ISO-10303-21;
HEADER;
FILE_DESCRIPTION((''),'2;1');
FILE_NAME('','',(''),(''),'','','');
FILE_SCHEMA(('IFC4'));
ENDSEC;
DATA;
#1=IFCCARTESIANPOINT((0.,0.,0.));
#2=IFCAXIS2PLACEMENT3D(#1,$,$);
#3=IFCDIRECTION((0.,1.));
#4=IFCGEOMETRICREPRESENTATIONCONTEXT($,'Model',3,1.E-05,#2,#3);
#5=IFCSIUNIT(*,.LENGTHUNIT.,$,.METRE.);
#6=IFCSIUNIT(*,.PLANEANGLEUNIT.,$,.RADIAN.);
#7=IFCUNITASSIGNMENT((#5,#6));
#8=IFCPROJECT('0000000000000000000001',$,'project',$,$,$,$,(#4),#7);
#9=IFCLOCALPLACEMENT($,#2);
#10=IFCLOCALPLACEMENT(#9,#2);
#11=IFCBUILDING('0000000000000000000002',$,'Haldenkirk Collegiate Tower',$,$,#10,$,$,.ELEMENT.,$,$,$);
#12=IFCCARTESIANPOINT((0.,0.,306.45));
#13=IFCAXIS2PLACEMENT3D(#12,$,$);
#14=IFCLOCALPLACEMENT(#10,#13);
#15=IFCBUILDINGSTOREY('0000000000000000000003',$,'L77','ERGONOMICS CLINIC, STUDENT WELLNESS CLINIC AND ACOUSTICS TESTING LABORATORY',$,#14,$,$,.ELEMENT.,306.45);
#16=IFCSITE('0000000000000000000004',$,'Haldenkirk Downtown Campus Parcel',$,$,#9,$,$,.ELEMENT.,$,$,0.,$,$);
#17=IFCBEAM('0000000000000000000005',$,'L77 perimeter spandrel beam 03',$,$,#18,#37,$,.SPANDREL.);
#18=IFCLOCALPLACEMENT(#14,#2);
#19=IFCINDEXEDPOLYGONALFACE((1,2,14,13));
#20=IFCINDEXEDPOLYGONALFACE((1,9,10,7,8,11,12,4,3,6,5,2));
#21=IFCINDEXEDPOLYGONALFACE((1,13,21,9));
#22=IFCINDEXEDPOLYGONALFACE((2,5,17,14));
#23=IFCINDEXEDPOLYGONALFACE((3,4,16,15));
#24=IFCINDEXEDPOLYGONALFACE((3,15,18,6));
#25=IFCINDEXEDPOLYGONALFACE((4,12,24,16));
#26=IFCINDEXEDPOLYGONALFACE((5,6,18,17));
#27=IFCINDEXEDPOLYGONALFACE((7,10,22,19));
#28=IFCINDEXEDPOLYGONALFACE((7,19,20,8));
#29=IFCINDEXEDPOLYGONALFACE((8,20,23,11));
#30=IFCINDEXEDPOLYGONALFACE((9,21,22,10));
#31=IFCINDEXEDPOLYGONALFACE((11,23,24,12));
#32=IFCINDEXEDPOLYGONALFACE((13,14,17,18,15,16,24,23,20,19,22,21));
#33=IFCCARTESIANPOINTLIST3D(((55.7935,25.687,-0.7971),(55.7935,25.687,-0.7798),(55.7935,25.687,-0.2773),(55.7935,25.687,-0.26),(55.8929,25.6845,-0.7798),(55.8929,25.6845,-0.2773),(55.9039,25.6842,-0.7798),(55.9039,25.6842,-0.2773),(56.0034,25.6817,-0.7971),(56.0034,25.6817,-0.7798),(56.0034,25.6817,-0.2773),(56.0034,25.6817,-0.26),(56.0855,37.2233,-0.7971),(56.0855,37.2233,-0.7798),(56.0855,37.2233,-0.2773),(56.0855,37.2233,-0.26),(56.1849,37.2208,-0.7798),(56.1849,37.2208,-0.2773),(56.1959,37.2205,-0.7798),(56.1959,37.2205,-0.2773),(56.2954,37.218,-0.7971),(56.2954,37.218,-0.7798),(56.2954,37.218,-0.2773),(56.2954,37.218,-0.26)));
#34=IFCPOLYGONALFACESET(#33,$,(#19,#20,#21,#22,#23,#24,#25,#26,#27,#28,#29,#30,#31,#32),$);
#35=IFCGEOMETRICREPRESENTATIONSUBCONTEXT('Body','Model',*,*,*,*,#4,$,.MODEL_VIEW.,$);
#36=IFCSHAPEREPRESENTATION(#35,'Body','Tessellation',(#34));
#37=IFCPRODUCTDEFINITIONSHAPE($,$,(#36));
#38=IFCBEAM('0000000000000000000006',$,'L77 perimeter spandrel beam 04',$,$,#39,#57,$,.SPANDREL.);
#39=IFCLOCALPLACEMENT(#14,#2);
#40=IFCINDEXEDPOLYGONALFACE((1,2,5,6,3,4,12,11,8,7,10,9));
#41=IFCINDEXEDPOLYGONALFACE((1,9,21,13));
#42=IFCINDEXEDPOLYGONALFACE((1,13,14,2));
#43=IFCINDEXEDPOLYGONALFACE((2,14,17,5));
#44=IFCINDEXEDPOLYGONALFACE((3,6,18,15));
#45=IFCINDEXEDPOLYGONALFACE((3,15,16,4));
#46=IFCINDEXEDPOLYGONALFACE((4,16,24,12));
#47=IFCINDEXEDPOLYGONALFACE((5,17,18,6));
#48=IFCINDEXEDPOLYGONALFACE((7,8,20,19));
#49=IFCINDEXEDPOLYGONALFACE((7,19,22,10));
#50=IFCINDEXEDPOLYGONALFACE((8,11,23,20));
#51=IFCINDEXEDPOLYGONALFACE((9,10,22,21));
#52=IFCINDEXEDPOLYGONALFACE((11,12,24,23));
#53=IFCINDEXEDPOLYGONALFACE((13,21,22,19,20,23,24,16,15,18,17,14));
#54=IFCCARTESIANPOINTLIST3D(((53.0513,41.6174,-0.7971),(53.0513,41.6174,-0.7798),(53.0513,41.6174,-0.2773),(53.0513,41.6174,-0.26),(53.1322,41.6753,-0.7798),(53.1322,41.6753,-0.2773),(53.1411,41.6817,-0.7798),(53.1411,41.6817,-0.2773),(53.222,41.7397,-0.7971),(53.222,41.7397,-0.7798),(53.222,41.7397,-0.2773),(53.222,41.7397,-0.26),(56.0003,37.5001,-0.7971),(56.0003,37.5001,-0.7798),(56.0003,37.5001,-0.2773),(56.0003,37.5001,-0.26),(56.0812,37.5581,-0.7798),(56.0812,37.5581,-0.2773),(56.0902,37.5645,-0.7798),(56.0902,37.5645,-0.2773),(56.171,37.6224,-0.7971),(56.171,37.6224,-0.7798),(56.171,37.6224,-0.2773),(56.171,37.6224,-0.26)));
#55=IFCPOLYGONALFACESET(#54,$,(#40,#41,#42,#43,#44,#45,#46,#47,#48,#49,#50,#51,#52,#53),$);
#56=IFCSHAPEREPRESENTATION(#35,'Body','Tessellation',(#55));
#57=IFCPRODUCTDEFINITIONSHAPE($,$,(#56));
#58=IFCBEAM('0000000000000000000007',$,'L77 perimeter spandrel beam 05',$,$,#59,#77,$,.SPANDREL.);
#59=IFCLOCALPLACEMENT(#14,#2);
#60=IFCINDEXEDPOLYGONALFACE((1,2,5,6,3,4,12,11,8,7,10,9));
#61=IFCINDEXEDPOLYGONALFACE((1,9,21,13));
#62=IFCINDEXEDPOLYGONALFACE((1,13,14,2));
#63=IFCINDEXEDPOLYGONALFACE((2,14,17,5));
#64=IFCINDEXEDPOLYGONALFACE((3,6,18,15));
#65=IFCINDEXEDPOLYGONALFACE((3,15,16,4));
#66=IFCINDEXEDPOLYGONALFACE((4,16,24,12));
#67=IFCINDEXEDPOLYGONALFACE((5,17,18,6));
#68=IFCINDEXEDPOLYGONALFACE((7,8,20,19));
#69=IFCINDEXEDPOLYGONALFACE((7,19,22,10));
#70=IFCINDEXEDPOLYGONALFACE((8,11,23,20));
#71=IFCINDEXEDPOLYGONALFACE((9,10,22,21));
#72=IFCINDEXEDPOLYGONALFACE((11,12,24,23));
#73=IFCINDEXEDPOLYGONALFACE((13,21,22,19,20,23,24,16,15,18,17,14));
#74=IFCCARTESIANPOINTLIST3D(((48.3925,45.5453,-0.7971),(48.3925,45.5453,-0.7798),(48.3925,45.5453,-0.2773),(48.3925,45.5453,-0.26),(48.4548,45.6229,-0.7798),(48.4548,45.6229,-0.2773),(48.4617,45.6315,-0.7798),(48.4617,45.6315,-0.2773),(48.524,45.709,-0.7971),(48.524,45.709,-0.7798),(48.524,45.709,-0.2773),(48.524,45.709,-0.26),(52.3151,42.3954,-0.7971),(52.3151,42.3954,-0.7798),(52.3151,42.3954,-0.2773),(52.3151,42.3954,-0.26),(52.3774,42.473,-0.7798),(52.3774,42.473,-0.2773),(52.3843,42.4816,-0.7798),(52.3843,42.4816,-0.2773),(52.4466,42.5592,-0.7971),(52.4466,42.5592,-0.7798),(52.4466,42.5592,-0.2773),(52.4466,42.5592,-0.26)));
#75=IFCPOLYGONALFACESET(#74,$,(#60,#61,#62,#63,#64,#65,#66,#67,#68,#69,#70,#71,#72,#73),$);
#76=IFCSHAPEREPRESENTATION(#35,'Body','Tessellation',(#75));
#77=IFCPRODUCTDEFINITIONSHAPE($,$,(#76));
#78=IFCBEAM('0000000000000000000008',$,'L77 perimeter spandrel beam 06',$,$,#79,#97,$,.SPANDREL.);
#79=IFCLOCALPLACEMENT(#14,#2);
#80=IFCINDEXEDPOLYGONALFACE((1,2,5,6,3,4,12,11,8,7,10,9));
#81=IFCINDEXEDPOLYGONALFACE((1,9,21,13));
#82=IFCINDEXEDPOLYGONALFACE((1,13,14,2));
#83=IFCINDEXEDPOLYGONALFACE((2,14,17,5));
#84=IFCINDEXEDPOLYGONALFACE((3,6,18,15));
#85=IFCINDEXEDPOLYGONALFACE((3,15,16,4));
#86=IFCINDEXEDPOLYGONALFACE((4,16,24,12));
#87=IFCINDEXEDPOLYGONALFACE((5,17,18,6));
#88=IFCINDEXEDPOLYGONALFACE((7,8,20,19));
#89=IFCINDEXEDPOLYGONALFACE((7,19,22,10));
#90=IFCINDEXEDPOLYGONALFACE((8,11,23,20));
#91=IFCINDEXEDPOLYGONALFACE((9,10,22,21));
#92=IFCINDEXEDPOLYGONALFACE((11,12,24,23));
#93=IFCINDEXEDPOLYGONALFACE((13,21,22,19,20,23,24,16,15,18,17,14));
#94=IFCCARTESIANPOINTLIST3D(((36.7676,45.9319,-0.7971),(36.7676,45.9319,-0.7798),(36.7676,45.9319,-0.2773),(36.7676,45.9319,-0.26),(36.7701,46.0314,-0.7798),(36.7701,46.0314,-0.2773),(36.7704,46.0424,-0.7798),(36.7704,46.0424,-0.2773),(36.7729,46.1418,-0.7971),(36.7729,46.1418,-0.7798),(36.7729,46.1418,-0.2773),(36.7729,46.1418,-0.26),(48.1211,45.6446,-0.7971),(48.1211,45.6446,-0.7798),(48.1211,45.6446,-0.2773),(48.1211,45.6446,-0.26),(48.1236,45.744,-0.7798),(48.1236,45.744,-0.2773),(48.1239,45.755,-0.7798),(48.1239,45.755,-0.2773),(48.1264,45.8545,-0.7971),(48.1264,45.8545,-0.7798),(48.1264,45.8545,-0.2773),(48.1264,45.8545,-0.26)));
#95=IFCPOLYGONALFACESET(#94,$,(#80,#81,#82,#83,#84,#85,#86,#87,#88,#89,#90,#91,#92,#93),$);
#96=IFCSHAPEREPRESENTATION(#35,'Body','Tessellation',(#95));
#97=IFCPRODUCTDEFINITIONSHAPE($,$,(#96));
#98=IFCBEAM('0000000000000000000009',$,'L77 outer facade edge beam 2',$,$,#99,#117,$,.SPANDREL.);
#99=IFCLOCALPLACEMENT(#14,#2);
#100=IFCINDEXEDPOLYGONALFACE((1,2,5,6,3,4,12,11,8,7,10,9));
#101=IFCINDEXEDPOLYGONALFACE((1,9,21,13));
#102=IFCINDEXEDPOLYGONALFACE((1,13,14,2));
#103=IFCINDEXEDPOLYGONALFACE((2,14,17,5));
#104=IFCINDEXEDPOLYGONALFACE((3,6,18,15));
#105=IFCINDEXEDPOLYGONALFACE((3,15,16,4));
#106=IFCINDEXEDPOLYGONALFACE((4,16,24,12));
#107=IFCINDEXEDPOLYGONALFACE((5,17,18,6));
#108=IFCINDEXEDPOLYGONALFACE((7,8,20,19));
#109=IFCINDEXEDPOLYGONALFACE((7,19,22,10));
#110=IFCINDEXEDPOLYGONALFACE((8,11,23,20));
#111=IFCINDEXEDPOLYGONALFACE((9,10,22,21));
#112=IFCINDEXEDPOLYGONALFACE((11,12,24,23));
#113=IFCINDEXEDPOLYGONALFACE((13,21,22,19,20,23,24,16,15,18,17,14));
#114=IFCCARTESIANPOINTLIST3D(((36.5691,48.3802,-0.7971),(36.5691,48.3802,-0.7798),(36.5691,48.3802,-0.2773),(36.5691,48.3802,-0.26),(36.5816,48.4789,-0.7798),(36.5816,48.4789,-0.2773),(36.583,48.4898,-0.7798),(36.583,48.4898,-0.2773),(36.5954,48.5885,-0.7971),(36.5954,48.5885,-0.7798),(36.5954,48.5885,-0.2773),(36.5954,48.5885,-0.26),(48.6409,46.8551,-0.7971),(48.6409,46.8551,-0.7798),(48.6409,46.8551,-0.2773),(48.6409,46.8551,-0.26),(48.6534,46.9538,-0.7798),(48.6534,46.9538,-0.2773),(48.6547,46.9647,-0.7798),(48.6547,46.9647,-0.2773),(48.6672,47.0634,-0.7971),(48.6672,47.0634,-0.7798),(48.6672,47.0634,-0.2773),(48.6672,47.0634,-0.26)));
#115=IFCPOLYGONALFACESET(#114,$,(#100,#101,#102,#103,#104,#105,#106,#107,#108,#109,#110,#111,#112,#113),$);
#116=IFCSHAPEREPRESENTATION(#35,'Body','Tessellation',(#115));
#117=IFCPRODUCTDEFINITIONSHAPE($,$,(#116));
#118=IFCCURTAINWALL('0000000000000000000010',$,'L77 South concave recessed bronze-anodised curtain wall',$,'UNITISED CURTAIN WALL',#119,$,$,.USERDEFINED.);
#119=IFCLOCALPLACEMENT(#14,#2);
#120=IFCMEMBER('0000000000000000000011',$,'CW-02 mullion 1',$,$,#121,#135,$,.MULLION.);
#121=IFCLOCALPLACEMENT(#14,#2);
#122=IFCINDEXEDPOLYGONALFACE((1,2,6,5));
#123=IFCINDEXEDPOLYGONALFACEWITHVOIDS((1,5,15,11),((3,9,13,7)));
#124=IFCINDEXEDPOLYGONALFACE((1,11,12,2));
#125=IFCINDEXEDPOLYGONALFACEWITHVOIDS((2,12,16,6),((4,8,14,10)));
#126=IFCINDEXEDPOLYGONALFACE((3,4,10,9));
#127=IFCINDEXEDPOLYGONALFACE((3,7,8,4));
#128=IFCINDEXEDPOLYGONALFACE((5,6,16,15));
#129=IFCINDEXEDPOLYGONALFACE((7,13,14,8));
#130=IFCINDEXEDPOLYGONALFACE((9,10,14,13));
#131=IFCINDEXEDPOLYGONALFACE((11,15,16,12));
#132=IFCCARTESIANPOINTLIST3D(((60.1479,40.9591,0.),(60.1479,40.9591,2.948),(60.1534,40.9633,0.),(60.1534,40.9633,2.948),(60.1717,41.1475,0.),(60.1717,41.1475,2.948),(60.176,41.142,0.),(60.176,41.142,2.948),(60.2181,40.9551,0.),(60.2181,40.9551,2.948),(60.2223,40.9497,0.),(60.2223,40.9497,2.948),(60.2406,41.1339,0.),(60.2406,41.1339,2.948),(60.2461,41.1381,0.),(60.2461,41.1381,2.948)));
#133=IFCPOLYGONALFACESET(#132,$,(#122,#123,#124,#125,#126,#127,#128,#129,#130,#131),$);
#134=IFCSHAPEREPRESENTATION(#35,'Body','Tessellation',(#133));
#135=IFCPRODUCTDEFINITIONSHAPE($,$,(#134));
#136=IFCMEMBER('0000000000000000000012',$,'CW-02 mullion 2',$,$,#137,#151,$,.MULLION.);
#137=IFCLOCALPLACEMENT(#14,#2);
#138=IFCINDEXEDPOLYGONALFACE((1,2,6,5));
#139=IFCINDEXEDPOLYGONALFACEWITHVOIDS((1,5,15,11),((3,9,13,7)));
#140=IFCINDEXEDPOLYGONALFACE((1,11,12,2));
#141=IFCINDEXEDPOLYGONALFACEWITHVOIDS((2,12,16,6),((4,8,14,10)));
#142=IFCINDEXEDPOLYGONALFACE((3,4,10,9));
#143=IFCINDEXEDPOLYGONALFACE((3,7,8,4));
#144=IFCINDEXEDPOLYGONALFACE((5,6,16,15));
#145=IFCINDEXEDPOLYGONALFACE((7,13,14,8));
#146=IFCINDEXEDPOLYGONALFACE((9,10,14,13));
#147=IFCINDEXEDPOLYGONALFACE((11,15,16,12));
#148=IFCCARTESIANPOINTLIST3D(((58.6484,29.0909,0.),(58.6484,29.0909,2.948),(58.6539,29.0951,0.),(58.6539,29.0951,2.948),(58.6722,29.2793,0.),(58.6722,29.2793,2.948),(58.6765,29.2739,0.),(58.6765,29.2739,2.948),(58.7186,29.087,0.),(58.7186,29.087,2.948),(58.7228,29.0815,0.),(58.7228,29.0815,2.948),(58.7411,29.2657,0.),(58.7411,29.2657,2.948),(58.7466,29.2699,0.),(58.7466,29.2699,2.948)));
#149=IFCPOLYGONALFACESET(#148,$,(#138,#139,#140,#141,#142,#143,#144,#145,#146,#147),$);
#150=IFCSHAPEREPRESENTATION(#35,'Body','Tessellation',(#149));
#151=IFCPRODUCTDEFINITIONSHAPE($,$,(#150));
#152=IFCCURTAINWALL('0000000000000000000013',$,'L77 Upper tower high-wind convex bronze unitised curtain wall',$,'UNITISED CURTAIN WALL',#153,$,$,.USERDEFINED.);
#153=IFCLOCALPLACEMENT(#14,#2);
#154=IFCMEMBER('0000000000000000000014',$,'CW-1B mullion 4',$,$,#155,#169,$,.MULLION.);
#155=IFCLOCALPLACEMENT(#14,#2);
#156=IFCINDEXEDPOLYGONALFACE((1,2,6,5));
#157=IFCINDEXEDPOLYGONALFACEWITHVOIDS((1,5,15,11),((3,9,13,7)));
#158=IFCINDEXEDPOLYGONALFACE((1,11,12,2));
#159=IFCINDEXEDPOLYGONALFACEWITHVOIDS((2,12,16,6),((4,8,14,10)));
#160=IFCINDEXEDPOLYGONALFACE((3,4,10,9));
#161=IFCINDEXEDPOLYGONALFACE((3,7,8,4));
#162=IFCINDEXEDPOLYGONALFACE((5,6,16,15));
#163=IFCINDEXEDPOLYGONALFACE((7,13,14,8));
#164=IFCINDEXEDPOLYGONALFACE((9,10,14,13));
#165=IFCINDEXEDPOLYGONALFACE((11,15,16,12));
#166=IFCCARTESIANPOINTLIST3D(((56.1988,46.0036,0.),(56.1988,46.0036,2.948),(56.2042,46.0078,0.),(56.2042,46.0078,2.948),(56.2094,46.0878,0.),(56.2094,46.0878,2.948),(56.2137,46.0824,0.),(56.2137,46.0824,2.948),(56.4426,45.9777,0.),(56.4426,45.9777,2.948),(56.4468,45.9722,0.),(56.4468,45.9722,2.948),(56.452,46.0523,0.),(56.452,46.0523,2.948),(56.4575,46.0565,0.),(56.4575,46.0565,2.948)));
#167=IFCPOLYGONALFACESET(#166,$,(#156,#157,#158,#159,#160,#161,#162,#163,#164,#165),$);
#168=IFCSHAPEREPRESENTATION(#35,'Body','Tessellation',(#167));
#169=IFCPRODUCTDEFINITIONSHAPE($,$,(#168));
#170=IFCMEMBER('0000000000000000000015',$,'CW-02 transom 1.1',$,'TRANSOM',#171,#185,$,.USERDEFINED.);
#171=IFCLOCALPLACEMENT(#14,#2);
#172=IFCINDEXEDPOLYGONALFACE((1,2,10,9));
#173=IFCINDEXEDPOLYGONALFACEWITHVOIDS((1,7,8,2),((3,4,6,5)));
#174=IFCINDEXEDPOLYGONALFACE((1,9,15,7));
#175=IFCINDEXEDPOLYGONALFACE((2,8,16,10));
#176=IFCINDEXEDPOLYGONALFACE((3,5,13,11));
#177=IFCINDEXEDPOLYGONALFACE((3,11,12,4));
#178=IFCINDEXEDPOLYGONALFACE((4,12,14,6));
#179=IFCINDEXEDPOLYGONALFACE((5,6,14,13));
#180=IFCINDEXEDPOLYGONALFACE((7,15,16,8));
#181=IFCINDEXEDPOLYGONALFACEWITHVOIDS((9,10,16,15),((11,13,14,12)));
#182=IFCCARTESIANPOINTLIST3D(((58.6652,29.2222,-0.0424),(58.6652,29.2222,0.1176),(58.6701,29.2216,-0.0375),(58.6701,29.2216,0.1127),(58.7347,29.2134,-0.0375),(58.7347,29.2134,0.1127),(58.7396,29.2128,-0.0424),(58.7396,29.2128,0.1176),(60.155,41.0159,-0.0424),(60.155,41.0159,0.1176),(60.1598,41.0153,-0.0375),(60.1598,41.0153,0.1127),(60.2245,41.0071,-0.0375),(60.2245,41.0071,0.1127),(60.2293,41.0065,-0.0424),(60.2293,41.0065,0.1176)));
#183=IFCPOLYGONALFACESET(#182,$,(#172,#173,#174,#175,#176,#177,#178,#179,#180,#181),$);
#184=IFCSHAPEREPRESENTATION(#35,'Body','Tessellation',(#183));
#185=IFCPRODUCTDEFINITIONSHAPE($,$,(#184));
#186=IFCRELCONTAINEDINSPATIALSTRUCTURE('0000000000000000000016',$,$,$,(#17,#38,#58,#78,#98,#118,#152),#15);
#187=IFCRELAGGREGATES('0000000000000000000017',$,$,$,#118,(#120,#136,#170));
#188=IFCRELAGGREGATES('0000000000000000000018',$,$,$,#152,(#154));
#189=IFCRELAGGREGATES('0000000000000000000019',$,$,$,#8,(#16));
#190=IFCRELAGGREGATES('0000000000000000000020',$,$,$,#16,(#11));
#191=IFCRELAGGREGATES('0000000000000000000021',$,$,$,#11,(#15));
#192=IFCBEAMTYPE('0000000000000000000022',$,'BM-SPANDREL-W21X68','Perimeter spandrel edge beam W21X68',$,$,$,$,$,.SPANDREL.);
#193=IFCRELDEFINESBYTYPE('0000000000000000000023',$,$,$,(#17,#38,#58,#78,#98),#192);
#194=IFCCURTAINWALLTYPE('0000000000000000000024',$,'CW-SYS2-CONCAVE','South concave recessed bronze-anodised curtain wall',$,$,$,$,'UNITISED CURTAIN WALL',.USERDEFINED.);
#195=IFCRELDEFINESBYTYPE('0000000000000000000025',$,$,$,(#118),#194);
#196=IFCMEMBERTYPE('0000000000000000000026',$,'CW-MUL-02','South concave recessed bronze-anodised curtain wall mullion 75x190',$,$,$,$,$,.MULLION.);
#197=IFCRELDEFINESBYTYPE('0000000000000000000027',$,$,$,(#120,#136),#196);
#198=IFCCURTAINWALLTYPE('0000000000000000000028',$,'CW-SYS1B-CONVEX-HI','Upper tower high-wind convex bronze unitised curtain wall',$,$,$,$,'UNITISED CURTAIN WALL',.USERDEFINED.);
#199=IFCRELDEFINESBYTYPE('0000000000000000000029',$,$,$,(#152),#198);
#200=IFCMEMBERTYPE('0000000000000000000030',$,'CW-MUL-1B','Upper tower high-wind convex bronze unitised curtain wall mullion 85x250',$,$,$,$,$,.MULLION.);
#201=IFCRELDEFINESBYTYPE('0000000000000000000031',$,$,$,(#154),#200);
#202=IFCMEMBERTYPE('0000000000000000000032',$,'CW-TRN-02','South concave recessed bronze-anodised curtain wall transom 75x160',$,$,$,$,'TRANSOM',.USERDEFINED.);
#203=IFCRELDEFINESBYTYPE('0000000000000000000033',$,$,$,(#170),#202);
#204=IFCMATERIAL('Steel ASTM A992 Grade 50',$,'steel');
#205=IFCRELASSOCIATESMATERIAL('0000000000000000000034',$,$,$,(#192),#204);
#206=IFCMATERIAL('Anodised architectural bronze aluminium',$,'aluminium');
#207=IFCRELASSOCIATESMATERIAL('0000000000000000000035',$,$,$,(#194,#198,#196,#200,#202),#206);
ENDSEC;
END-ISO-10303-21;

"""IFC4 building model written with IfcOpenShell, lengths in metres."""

from ifc_helpers import new_model, si_unit, direction, frame, origin, origin_2d, place, context, subcontext, project, spatial, hollow_rectangle, i_section, extrude, material, material_profile, profile_set, type_object, element, aggregate, save


model = new_model("IFC4")

# Units and contexts
model_context = context("Model", 3, precision=1e-05, world=origin(), true_north=direction((0.0, 1.0)))
body_context = subcontext(model_context, "Body", "Model", "MODEL_VIEW")
ifc_project = project(units=[si_unit("LENGTHUNIT", "METRE"), si_unit("PLANEANGLEUNIT", "RADIAN")], contexts=[model_context])

# Site, building, storey
site_placement = place(None, origin())
site = spatial("IfcSite", under=ifc_project, at=site_placement, Name="Haldenkirk Downtown Campus Parcel", CompositionType="ELEMENT", RefElevation=0.0)
building_placement = place(site_placement, origin())
building = spatial("IfcBuilding", under=site, at=building_placement, Name="Haldenkirk Collegiate Tower", CompositionType="ELEMENT")
storey_placement = place(building_placement, frame((0.0, 0.0, 306.45)))
storey = spatial("IfcBuildingStorey", under=building, at=storey_placement, Name="L77", Description="ERGONOMICS CLINIC, STUDENT WELLNESS CLINIC AND ACOUSTICS TESTING LABORATORY", CompositionType="ELEMENT", Elevation=306.45)

# Beams
ifc_material_1 = material(Name="Steel ASTM A992 Grade 50", Category="steel")
ifc_material_profile_1 = material_profile(ifc_material_1, i_section(OverallWidth=0.21, OverallDepth=0.5371, WebThickness=0.011, FlangeThickness=0.0173, at=origin_2d()), Name="W21X68")
ifc_profile_set_1 = profile_set([ifc_material_profile_1], Name="Steel ASTM A992 Grade 50")
beam_type_1 = type_object("IfcBeamType", Name="BM-SPANDREL-W21X68", Description="Perimeter spandrel edge beam W21X68", PredefinedType="SPANDREL", material=ifc_profile_set_1)
beam_1_placement = place(storey_placement, frame((55.8984, 25.6843, -0.5286), z_axis=(0.025302, 0.99968, 0.0), x_axis=(-0.99968, 0.025302, 0.0)))
element("IfcBeam", 1, at=beam_1_placement, inside=storey, type_object=beam_type_1, Name="L77 perimeter spandrel beam 03", PredefinedType="SPANDREL", context=body_context, shape_type="SweptSolid", body=[
    extrude(i_section(OverallWidth=0.21, OverallDepth=0.5371, WebThickness=0.011, FlangeThickness=0.0173, at=origin_2d()), origin(), (0.0, 0.0, 1.0), 11.54),
])
beam_2_placement = place(storey_placement, frame((56.0857, 37.5613, -0.5286), z_axis=(-0.5823, 0.812974, 0.0), x_axis=(-0.812974, -0.5823, 0.0)))
element("IfcBeam", 2, at=beam_2_placement, inside=storey, type_object=beam_type_1, Name="L77 perimeter spandrel beam 04", PredefinedType="SPANDREL", context=body_context, shape_type="SweptSolid", body=[
    extrude(i_section(OverallWidth=0.21, OverallDepth=0.5371, WebThickness=0.011, FlangeThickness=0.0173, at=origin_2d()), origin(), (0.0, 0.0, 1.0), 5.0645),
])
beam_3_placement = place(storey_placement, frame((52.3809, 42.4773, -0.5286), z_axis=(-0.779722, 0.626126, 0.0), x_axis=(-0.626126, -0.779722, 0.0)))
element("IfcBeam", 3, at=beam_3_placement, inside=storey, type_object=beam_type_1, Name="L77 perimeter spandrel beam 05", PredefinedType="SPANDREL", context=body_context, shape_type="SweptSolid", body=[
    extrude(i_section(OverallWidth=0.21, OverallDepth=0.5371, WebThickness=0.011, FlangeThickness=0.0173, at=origin_2d()), origin(), (0.0, 0.0, 1.0), 5.0308),
])
beam_4_placement = place(storey_placement, frame((48.1238, 45.7495, -0.5286), z_axis=(-0.99968, 0.025302, 0.0), x_axis=(-0.025302, -0.99968, 0.0)))
element("IfcBeam", 4, at=beam_4_placement, inside=storey, type_object=beam_type_1, Name="L77 perimeter spandrel beam 06", PredefinedType="SPANDREL", context=body_context, shape_type="SweptSolid", body=[
    extrude(i_section(OverallWidth=0.21, OverallDepth=0.5371, WebThickness=0.011, FlangeThickness=0.0173, at=origin_2d()), origin(), (0.0, 0.0, 1.0), 11.3572),
])
beam_5_placement = place(storey_placement, frame((48.6541, 46.9592, -0.5286), z_axis=(-0.992113, 0.125343, 0.0), x_axis=(-0.125343, -0.992113, 0.0)))
element("IfcBeam", 5, at=beam_5_placement, inside=storey, type_object=beam_type_1, Name="L77 outer facade edge beam 2", PredefinedType="SPANDREL", context=body_context, shape_type="SweptSolid", body=[
    extrude(i_section(OverallWidth=0.21, OverallDepth=0.5371, WebThickness=0.011, FlangeThickness=0.0173, at=origin_2d()), origin(), (0.0, 0.0, 1.0), 12.1677),
])

# Curtain wall, members
ifc_material_2 = material(Name="Anodised architectural bronze aluminium", Category="aluminium")
curtain_wall_type_1 = type_object("IfcCurtainWallType", Name="CW-SYS2-CONCAVE", Description="South concave recessed bronze-anodised curtain wall", ElementType="UNITISED CURTAIN WALL", PredefinedType="USERDEFINED", material=ifc_material_2)
curtain_wall_1_placement = place(storey_placement, origin())
curtain_wall_1 = element("IfcCurtainWall", 6, at=curtain_wall_1_placement, inside=storey, type_object=curtain_wall_type_1, Name="L77 South concave recessed bronze-anodised curtain wall", ObjectType="UNITISED CURTAIN WALL", PredefinedType="USERDEFINED")
ifc_material_profile_2 = material_profile(ifc_material_2, hollow_rectangle(XDim=0.075, YDim=0.1899, WallThickness=0.0049, at=origin_2d()), Name="CW-MUL-02")
ifc_profile_set_2 = profile_set([ifc_material_profile_2], Name="Anodised architectural bronze aluminium")
member_type_1 = type_object("IfcMemberType", Name="CW-MUL-02", Description="South concave recessed bronze-anodised curtain wall mullion 75x190", PredefinedType="MULLION", material=ifc_profile_set_2)
member_1_placement = place(storey_placement, frame((60.197, 41.0486, 0.0), z_axis=(0.0, 0.0, 1.0), x_axis=(0.992115, -0.125333, 0.0)))
member_1 = element("IfcMember", 7, at=member_1_placement, type_object=member_type_1, Name="CW-02 mullion 1", PredefinedType="MULLION", context=body_context, shape_type="SweptSolid", body=[
    extrude(hollow_rectangle(XDim=0.075, YDim=0.1899, WallThickness=0.0049, at=origin_2d()), origin(), (0.0, 0.0, 1.0), 2.948),
])
member_2_placement = place(storey_placement, frame((58.6975, 29.1804, 0.0), z_axis=(0.0, 0.0, 1.0), x_axis=(0.992115, -0.125333, 0.0)))
member_2 = element("IfcMember", 8, at=member_2_placement, type_object=member_type_1, Name="CW-02 mullion 2", PredefinedType="MULLION", context=body_context, shape_type="SweptSolid", body=[
    extrude(hollow_rectangle(XDim=0.075, YDim=0.1899, WallThickness=0.0049, at=origin_2d()), origin(), (0.0, 0.0, 1.0), 2.948),
])

# Curtain wall, member
curtain_wall_type_2 = type_object("IfcCurtainWallType", Name="CW-SYS1B-CONVEX-HI", Description="Upper tower high-wind convex bronze unitised curtain wall", ElementType="UNITISED CURTAIN WALL", PredefinedType="USERDEFINED", material=ifc_material_2)
curtain_wall_2_placement = place(storey_placement, origin())
curtain_wall_2 = element("IfcCurtainWall", 9, at=curtain_wall_2_placement, inside=storey, type_object=curtain_wall_type_2, Name="L77 Upper tower high-wind convex bronze unitised curtain wall", ObjectType="UNITISED CURTAIN WALL", PredefinedType="USERDEFINED")
ifc_material_profile_3 = material_profile(ifc_material_2, hollow_rectangle(XDim=0.085, YDim=0.25, WallThickness=0.0049, at=origin_2d()), Name="CW-MUL-1B")
ifc_profile_set_3 = profile_set([ifc_material_profile_3], Name="Anodised architectural bronze aluminium")
member_type_2 = type_object("IfcMemberType", Name="CW-MUL-1B", Description="Upper tower high-wind convex bronze unitised curtain wall mullion 85x250", PredefinedType="MULLION", material=ifc_profile_set_3)
member_3_placement = place(storey_placement, frame((56.3281, 46.03, 0.0), z_axis=(0.0, 0.0, 1.0), x_axis=(0.125333, 0.992115, 0.0)))
member_3 = element("IfcMember", 10, at=member_3_placement, type_object=member_type_2, Name="CW-1B mullion 4", PredefinedType="MULLION", context=body_context, shape_type="SweptSolid", body=[
    extrude(hollow_rectangle(XDim=0.085, YDim=0.25, WallThickness=0.0049, at=origin_2d()), origin(), (0.0, 0.0, 1.0), 2.948),
])

# Member
ifc_material_profile_4 = material_profile(ifc_material_2, hollow_rectangle(XDim=0.075, YDim=0.1599, WallThickness=0.0049, at=origin_2d()), Name="CW-TRN-02")
ifc_profile_set_4 = profile_set([ifc_material_profile_4], Name="Anodised architectural bronze aluminium")
member_type_3 = type_object("IfcMemberType", Name="CW-TRN-02", Description="South concave recessed bronze-anodised curtain wall transom 75x160", ElementType="TRANSOM", PredefinedType="USERDEFINED", material=ifc_profile_set_4)
member_4_placement = place(storey_placement, frame((60.1921, 41.0112, 0.0376), z_axis=(-0.125321, -0.992116, 0.0), x_axis=(0.992116, -0.125321, 0.0)))
member_4 = element("IfcMember", 11, at=member_4_placement, type_object=member_type_3, Name="CW-02 transom 1.1", ObjectType="TRANSOM", PredefinedType="USERDEFINED", context=body_context, shape_type="SweptSolid", body=[
    extrude(hollow_rectangle(XDim=0.075, YDim=0.1599, WallThickness=0.0049, at=origin_2d()), origin(), (0.0, 0.0, 1.0), 11.8875),
])

aggregate(curtain_wall_1, [member_1, member_2, member_4])
aggregate(curtain_wall_2, [member_3])

save(model, "model.ifc")
